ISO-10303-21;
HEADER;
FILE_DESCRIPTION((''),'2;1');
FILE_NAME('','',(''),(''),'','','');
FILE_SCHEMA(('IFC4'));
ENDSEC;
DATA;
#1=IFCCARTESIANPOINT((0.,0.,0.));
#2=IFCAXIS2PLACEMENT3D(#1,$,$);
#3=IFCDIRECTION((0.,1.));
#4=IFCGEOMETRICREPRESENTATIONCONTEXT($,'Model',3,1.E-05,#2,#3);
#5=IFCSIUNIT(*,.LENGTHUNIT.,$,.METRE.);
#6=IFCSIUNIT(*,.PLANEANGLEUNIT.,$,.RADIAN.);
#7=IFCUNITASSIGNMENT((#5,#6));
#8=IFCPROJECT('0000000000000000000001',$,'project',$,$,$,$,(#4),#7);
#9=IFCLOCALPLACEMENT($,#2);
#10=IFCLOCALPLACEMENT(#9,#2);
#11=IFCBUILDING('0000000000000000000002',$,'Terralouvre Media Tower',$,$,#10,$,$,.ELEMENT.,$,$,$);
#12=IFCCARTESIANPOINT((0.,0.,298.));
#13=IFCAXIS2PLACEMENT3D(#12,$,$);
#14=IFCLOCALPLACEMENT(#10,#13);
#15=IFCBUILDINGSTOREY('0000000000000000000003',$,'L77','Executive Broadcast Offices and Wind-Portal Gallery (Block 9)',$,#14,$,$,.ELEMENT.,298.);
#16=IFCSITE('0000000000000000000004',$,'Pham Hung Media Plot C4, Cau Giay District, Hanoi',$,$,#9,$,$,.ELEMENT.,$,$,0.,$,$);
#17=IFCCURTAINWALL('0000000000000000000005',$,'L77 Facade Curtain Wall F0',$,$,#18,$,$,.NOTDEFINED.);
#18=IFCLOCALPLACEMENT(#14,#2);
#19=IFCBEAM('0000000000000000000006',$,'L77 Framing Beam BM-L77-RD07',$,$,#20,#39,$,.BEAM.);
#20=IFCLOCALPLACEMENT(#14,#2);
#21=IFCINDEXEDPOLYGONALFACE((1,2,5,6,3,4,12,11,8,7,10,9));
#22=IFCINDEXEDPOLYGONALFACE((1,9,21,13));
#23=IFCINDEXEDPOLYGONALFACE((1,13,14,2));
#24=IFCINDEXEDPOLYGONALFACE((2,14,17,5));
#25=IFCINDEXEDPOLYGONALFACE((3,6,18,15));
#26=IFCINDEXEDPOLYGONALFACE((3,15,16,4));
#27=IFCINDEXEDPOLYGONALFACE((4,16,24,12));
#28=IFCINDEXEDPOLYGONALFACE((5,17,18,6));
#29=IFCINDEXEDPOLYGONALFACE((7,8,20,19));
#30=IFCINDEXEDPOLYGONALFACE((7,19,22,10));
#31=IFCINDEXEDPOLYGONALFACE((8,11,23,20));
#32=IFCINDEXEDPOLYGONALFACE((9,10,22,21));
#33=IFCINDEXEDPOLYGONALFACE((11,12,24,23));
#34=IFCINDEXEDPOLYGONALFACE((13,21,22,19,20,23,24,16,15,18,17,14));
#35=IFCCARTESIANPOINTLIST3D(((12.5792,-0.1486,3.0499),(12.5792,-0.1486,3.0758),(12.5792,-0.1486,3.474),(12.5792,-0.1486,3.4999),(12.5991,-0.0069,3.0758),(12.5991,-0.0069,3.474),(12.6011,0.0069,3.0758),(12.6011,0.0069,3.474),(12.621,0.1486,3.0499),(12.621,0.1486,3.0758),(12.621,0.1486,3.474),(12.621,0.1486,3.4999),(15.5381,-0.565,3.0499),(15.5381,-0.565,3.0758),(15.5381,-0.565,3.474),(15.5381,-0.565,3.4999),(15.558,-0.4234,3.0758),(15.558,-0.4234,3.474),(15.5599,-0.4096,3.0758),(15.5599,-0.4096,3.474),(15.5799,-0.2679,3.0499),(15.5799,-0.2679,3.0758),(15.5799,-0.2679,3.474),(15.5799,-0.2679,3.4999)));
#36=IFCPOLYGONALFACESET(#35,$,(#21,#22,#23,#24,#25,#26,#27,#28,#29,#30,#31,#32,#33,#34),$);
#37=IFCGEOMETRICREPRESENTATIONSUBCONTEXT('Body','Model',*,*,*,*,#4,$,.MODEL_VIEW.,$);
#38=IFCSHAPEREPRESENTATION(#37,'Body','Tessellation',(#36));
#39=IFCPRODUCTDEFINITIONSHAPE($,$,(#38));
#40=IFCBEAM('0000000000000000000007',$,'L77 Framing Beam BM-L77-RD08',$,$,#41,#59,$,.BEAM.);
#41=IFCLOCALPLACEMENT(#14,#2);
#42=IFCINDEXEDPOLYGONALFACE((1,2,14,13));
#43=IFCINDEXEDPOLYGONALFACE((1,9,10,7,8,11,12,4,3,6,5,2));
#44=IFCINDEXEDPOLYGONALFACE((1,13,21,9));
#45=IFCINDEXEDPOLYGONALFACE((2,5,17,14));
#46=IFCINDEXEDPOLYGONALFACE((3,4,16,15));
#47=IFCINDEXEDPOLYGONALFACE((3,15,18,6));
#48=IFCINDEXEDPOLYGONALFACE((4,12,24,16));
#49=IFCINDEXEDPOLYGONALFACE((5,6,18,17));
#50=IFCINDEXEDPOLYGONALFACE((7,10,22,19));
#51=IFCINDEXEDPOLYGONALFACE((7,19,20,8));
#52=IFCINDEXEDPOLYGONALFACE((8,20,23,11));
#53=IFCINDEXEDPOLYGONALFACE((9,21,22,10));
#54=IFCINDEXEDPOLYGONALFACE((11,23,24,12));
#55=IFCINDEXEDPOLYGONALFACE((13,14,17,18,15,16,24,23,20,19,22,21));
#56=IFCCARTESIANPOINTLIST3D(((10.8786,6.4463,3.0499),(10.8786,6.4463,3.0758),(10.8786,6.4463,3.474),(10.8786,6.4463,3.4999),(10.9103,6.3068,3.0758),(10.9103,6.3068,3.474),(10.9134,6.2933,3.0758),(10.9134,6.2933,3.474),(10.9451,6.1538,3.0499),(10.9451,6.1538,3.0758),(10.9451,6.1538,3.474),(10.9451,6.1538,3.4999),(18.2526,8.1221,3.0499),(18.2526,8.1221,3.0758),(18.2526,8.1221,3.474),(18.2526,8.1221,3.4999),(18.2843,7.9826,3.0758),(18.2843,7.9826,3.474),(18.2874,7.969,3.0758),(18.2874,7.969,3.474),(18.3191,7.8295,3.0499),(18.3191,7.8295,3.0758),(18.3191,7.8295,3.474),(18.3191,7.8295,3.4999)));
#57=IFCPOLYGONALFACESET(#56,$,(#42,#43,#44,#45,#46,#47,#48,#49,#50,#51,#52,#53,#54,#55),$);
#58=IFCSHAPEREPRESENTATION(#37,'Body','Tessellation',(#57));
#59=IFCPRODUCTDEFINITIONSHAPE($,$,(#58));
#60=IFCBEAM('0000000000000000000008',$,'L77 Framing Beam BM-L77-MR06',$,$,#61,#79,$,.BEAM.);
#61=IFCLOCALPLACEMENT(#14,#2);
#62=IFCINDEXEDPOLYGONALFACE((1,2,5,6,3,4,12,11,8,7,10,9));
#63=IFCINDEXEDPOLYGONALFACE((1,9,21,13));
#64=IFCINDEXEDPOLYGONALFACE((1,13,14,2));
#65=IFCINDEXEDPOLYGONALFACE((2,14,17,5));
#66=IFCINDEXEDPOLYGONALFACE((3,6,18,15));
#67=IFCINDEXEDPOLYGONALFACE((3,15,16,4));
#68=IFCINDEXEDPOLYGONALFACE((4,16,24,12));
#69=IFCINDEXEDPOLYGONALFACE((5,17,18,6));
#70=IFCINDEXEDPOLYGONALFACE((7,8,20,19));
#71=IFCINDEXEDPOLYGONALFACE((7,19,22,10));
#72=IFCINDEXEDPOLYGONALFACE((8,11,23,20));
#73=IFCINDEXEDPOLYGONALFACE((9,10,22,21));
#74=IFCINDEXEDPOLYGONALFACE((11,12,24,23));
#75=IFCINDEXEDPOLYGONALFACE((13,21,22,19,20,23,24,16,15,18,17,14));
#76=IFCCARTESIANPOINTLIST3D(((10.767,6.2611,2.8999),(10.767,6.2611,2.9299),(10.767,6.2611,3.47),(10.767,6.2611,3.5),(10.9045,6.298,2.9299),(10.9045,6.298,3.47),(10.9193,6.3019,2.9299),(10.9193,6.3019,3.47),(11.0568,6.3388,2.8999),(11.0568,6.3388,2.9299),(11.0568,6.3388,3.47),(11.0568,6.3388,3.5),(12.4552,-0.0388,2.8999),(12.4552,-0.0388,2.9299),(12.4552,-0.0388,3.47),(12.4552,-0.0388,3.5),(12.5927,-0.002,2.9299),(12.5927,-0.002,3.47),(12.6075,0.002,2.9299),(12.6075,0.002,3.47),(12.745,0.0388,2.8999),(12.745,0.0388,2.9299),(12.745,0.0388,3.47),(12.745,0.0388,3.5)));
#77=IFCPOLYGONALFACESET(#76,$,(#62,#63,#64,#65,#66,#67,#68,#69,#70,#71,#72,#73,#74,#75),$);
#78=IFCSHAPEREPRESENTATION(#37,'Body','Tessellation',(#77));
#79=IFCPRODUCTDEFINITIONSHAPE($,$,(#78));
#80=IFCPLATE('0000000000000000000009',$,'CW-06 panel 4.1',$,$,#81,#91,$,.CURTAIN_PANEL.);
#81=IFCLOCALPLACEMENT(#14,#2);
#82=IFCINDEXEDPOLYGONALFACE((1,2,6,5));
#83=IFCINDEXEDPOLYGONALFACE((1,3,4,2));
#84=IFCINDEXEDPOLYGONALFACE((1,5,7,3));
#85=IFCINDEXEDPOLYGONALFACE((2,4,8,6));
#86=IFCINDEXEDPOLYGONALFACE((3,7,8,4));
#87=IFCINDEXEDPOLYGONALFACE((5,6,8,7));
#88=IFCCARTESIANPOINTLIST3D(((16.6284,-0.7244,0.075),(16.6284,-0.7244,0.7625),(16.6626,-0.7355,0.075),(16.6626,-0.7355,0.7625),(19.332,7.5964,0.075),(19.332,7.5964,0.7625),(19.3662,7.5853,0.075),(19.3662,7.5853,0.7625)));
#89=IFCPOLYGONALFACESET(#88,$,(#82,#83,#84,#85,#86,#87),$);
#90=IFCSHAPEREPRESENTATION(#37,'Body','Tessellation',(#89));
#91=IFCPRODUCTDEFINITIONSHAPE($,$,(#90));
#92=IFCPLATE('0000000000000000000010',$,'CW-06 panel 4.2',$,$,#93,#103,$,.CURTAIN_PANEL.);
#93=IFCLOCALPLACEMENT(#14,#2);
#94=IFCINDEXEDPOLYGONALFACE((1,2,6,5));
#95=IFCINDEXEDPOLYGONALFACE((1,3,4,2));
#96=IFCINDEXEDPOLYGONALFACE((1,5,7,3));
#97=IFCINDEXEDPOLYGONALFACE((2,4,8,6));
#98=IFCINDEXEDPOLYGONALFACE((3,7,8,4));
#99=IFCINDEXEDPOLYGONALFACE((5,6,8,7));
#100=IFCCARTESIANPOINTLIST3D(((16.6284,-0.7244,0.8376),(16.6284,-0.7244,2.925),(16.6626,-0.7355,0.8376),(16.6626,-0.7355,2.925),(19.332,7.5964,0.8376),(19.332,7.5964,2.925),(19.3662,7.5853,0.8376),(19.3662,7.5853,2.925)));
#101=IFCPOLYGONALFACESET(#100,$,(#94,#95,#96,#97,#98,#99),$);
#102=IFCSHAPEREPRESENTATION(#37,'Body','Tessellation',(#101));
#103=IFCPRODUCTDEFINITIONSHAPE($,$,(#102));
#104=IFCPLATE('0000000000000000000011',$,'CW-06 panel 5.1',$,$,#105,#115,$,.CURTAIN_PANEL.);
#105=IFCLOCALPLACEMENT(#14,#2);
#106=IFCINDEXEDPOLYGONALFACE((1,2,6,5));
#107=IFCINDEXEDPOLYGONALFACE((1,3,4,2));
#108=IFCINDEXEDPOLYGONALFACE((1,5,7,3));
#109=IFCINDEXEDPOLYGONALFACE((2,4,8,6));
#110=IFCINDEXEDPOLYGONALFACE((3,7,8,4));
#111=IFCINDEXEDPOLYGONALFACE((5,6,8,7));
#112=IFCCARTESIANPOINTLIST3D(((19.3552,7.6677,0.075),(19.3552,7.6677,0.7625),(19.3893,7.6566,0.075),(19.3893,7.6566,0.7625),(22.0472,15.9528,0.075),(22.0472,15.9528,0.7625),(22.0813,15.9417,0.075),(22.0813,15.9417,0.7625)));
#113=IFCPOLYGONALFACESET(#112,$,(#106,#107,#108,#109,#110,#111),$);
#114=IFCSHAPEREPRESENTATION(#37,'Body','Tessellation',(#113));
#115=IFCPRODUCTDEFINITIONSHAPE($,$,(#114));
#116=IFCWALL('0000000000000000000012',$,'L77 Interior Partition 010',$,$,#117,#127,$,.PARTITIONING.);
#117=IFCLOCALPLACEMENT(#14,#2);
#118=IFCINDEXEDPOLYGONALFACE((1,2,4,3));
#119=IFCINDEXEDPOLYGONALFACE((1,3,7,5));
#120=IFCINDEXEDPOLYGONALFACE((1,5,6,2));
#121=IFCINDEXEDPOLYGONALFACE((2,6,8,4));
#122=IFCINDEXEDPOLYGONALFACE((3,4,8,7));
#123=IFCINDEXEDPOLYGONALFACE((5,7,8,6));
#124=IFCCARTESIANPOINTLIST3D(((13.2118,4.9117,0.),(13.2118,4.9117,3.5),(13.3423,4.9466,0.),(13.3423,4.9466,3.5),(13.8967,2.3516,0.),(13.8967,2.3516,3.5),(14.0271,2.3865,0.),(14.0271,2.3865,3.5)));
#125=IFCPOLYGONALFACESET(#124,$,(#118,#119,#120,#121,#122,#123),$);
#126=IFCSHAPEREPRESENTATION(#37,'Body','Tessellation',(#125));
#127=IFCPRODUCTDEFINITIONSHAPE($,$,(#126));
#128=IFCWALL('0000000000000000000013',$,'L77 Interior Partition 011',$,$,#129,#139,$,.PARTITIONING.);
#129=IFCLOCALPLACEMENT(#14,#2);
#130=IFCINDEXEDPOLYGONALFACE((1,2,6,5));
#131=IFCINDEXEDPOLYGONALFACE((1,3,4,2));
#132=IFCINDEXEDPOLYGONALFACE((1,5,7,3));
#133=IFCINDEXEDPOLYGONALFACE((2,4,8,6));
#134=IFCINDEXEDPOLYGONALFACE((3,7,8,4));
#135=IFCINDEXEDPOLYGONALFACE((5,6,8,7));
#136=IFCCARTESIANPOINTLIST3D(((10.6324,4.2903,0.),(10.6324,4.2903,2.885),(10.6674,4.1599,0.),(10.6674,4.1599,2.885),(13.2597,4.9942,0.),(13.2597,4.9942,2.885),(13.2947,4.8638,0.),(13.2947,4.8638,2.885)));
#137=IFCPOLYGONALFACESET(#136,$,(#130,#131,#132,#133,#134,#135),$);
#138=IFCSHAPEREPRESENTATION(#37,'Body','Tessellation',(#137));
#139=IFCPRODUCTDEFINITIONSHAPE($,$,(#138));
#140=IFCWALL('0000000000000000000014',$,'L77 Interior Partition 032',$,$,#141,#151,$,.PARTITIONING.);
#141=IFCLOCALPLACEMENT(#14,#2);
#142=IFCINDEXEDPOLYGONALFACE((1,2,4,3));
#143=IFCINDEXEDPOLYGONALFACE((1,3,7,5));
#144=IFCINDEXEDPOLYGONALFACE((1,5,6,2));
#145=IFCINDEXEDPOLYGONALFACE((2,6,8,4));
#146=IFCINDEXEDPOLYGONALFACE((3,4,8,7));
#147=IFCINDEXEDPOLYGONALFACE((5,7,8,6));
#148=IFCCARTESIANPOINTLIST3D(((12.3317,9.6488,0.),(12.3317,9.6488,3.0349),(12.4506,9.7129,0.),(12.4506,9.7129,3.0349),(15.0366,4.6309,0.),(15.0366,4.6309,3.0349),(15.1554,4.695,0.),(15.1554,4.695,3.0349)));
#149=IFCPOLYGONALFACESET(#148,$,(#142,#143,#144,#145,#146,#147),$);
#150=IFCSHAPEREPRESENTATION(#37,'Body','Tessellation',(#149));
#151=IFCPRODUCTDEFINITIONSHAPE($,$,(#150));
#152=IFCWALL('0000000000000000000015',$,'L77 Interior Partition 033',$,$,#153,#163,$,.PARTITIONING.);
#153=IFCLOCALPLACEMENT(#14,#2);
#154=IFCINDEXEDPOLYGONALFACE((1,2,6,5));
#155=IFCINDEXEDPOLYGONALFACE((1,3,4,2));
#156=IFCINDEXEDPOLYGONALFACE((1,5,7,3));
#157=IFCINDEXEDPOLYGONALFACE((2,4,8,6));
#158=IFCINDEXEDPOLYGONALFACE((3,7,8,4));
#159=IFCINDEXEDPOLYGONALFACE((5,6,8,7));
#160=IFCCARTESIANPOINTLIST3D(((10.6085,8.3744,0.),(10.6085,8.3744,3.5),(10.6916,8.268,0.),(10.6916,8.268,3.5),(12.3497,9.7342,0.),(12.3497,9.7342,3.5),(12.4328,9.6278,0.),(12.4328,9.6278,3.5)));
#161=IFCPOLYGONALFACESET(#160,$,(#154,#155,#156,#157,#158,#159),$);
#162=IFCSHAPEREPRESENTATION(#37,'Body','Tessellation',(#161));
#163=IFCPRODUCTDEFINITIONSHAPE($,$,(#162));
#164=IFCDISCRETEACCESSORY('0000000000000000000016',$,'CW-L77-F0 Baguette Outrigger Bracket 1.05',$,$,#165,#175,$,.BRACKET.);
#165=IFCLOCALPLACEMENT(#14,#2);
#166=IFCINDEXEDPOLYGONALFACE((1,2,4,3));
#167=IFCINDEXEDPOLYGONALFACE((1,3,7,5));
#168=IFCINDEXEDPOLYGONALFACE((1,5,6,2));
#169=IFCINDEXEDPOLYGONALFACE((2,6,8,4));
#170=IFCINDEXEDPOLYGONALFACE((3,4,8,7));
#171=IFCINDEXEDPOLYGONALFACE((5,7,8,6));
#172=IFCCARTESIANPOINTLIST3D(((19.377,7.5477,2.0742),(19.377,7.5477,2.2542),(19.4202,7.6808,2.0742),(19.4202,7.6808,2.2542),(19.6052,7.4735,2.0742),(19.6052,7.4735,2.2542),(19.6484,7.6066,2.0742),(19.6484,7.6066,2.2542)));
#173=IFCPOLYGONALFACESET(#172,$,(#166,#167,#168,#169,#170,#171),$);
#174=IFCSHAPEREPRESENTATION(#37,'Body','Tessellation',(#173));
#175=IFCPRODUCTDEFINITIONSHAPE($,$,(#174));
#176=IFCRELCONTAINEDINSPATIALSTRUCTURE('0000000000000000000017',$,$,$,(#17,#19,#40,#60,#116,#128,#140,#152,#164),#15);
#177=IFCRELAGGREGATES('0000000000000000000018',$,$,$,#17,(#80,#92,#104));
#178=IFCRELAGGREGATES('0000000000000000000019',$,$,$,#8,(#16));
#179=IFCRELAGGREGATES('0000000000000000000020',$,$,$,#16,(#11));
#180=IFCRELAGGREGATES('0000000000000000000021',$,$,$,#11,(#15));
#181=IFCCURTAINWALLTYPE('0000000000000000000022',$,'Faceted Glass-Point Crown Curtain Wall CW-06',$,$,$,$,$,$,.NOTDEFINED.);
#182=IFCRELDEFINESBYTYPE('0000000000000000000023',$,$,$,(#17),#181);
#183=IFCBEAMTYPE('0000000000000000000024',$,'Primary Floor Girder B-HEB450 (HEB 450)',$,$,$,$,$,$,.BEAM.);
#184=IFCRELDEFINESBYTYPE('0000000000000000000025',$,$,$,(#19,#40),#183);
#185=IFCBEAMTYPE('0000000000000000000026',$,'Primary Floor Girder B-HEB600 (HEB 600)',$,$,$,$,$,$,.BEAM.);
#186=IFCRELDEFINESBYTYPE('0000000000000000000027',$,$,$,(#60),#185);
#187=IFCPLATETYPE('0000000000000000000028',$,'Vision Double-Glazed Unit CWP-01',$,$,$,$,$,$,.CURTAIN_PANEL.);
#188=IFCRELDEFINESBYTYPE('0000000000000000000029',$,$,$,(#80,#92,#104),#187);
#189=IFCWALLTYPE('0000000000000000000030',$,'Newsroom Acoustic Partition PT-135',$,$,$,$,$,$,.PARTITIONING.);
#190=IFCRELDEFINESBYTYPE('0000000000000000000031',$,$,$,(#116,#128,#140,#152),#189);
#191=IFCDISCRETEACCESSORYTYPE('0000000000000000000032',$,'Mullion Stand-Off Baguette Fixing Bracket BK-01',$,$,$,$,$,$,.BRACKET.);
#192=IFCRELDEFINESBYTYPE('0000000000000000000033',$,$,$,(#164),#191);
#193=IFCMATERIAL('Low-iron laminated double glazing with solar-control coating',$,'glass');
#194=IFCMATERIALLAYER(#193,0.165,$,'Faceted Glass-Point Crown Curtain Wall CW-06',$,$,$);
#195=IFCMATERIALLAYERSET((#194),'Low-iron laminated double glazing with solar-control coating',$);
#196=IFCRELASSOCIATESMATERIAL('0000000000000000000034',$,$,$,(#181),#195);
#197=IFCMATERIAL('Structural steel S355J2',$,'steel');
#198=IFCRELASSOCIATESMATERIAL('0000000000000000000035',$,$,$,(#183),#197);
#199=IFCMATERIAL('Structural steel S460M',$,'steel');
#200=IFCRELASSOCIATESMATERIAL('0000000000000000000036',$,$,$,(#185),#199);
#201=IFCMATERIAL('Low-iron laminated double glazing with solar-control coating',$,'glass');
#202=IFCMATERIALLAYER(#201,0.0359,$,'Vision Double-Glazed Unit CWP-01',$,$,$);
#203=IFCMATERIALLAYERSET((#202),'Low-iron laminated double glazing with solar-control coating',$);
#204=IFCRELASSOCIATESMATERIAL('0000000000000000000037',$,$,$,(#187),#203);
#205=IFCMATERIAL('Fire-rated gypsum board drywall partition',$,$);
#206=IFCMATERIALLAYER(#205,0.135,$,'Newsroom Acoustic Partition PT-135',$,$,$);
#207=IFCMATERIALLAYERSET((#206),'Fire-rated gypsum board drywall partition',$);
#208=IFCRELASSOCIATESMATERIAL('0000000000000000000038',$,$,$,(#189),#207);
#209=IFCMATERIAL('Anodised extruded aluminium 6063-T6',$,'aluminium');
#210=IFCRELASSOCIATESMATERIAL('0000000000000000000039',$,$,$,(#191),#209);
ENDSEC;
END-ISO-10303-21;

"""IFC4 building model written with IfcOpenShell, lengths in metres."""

from ifc_helpers import new_model, si_unit, direction, frame, frame_2d, origin, origin_2d, place, context, subcontext, project, spatial, rectangle, i_section, extrude, material, layer, layer_set, material_profile, profile_set, type_object, element, aggregate, save


model = new_model("IFC4")

# Units and contexts
model_context = context("Model", 3, precision=1e-05, world=origin(), true_north=direction((0.0, 1.0)))
body_context = subcontext(model_context, "Body", "Model", "MODEL_VIEW")
ifc_project = project(units=[si_unit("LENGTHUNIT", "METRE"), si_unit("PLANEANGLEUNIT", "RADIAN")], contexts=[model_context])

# Site, building, storey
site_placement = place(None, origin())
site = spatial("IfcSite", under=ifc_project, at=site_placement, Name="Pham Hung Media Plot C4, Cau Giay District, Hanoi", CompositionType="ELEMENT", RefElevation=0.0)
building_placement = place(site_placement, origin())
building = spatial("IfcBuilding", under=site, at=building_placement, Name="Terralouvre Media Tower", CompositionType="ELEMENT")
storey_placement = place(building_placement, frame((0.0, 0.0, 298.0)))
storey = spatial("IfcBuildingStorey", under=building, at=storey_placement, Name="L77", Description="Executive Broadcast Offices and Wind-Portal Gallery (Block 9)", CompositionType="ELEMENT", Elevation=298.0)

# Curtain wall
ifc_material_1 = material(Name="Low-iron laminated double glazing with solar-control coating", Category="glass")
ifc_layer_1 = layer(ifc_material_1, 0.165, Name="Faceted Glass-Point Crown Curtain Wall CW-06")
ifc_layer_set_1 = layer_set([ifc_layer_1], Name="Low-iron laminated double glazing with solar-control coating")
curtain_wall_type = type_object("IfcCurtainWallType", Name="Faceted Glass-Point Crown Curtain Wall CW-06", PredefinedType="NOTDEFINED", material=ifc_layer_set_1)
curtain_wall_placement = place(storey_placement, origin())
curtain_wall = element("IfcCurtainWall", 1, at=curtain_wall_placement, inside=storey, type_object=curtain_wall_type, Name="L77 Facade Curtain Wall F0", PredefinedType="NOTDEFINED")

# Beams
ifc_material_2 = material(Name="Structural steel S355J2", Category="steel")
ifc_material_profile_1 = material_profile(ifc_material_2, i_section(OverallWidth=0.3, OverallDepth=0.45, WebThickness=0.0139, FlangeThickness=0.0259, at=origin_2d()), Name="HEB 450")
ifc_profile_set_1 = profile_set([ifc_material_profile_1], Name="Structural steel S355J2")
beam_type_1 = type_object("IfcBeamType", Name="Primary Floor Girder B-HEB450 (HEB 450)", PredefinedType="BEAM", material=ifc_profile_set_1)
beam_1_placement = place(storey_placement, frame((12.6001, 0.0, 3.2749), z_axis=(0.990238, -0.139385, 0.0), x_axis=(0.139385, 0.990238, 0.0)))
element("IfcBeam", 2, at=beam_1_placement, inside=storey, type_object=beam_type_1, Name="L77 Framing Beam BM-L77-RD07", PredefinedType="BEAM", context=body_context, shape_type="SweptSolid", body=[
    extrude(i_section(OverallWidth=0.3, OverallDepth=0.45, WebThickness=0.0139, FlangeThickness=0.0259, at=origin_2d()), origin(), (0.0, 0.0, 1.0), 2.988),
])
beam_2_placement = place(storey_placement, frame((10.9119, 6.3, 3.2749), z_axis=(0.975137, 0.221604, 0.0), x_axis=(-0.221604, 0.975137, 0.0)))
element("IfcBeam", 3, at=beam_2_placement, inside=storey, type_object=beam_type_1, Name="L77 Framing Beam BM-L77-RD08", PredefinedType="BEAM", context=body_context, shape_type="SweptSolid", body=[
    extrude(i_section(OverallWidth=0.3, OverallDepth=0.45, WebThickness=0.0139, FlangeThickness=0.0259, at=origin_2d()), origin(), (0.0, 0.0, 1.0), 7.562),
])
ifc_material_3 = material(Name="Structural steel S460M", Category="steel")
ifc_material_profile_2 = material_profile(ifc_material_3, i_section(OverallWidth=0.3, OverallDepth=0.6001, WebThickness=0.0154, FlangeThickness=0.03, at=origin_2d()), Name="HEB 600")
ifc_profile_set_2 = profile_set([ifc_material_profile_2], Name="Structural steel S460M")
beam_type_2 = type_object("IfcBeamType", Name="Primary Floor Girder B-HEB600 (HEB 600)", PredefinedType="BEAM", material=ifc_profile_set_2)
beam_3_placement = place(storey_placement, frame((12.6001, 0.0, 3.2), z_axis=(-0.258839, 0.96592, 0.0), x_axis=(-0.96592, -0.258839, 0.0)))
element("IfcBeam", 4, at=beam_3_placement, inside=storey, type_object=beam_type_2, Name="L77 Framing Beam BM-L77-MR06", PredefinedType="BEAM", context=body_context, shape_type="SweptSolid", body=[
    extrude(i_section(OverallWidth=0.3, OverallDepth=0.6001, WebThickness=0.0154, FlangeThickness=0.03, at=origin_2d()), origin(), (0.0, 0.0, 1.0), 6.5222),
])

# Plates
ifc_material_4 = material(Name="Low-iron laminated double glazing with solar-control coating", Category="glass")
ifc_layer_2 = layer(ifc_material_4, 0.0359, Name="Vision Double-Glazed Unit CWP-01")
ifc_layer_set_2 = layer_set([ifc_layer_2], Name="Low-iron laminated double glazing with solar-control coating")
plate_type = type_object("IfcPlateType", Name="Vision Double-Glazed Unit CWP-01", PredefinedType="CURTAIN_PANEL", material=ifc_layer_set_2)
plate_1_placement = place(storey_placement, frame((17.9973, 3.4304, 0.075), z_axis=(0.0, 0.0, 1.0), x_axis=(0.309017, 0.951057, 0.0)))
plate_1 = element("IfcPlate", 5, at=plate_1_placement, type_object=plate_type, Name="CW-06 panel 4.1", PredefinedType="CURTAIN_PANEL", context=body_context, shape_type="SweptSolid", body=[
    extrude(rectangle(XDim=8.749, YDim=0.0359, at=origin_2d()), origin(), (0.0, 0.0, 1.0), 0.6875),
])
plate_2_placement = place(storey_placement, frame((17.9973, 3.4304, 0.8376), z_axis=(0.0, 0.0, 1.0), x_axis=(0.309017, 0.951057, 0.0)))
plate_2 = element("IfcPlate", 6, at=plate_2_placement, type_object=plate_type, Name="CW-06 panel 4.2", PredefinedType="CURTAIN_PANEL", context=body_context, shape_type="SweptSolid", body=[
    extrude(rectangle(XDim=8.749, YDim=0.0359, at=origin_2d()), origin(), (0.0, 0.0, 1.0), 2.0874),
])
plate_3_placement = place(storey_placement, frame((20.7183, 11.8047, 0.075), z_axis=(0.0, 0.0, 1.0), x_axis=(0.309017, 0.951057, 0.0)))
plate_3 = element("IfcPlate", 7, at=plate_3_placement, type_object=plate_type, Name="CW-06 panel 5.1", PredefinedType="CURTAIN_PANEL", context=body_context, shape_type="SweptSolid", body=[
    extrude(rectangle(XDim=8.7114, YDim=0.0359, at=origin_2d()), origin(), (0.0, 0.0, 1.0), 0.6875),
])
aggregate(curtain_wall, [plate_1, plate_2, plate_3])

# Walls
ifc_material_5 = material(Name="Fire-rated gypsum board drywall partition")
ifc_layer_3 = layer(ifc_material_5, 0.135, Name="Newsroom Acoustic Partition PT-135")
ifc_layer_set_3 = layer_set([ifc_layer_3], Name="Fire-rated gypsum board drywall partition")
wall_type = type_object("IfcWallType", Name="Newsroom Acoustic Partition PT-135", PredefinedType="PARTITIONING", material=ifc_layer_set_3)
wall_1_placement = place(storey_placement, frame((13.9619, 2.3689, 0.0), z_axis=(0.0, 0.0, 1.0), x_axis=(-0.258414, 0.966034, 0.0)))
element("IfcWall", 8, at=wall_1_placement, inside=storey, type_object=wall_type, Name="L77 Interior Partition 010", PredefinedType="PARTITIONING", context=body_context, shape_type="SweptSolid", body=[
    extrude(rectangle(XDim=2.6501, YDim=0.135, at=frame_2d((1.3252, 0.0))), origin(), (0.0, 0.0, 1.0), 3.5),
])
wall_2_placement = place(storey_placement, frame((13.2771, 4.929, 0.0), z_axis=(0.0, 0.0, 1.0), x_axis=(-0.965935, -0.258785, 0.0)))
element("IfcWall", 9, at=wall_2_placement, inside=storey, type_object=wall_type, Name="L77 Interior Partition 011", PredefinedType="PARTITIONING", context=body_context, shape_type="SweptSolid", body=[
    extrude(rectangle(XDim=2.72, YDim=0.135, at=frame_2d((1.3599, 0.0))), origin(), (0.0, 0.0, 1.0), 2.885),
])
wall_3_placement = place(storey_placement, frame((15.0959, 4.6631, 0.0), z_axis=(0.0, 0.0, 1.0), x_axis=(-0.474498, 0.880256, 0.0)))
element("IfcWall", 10, at=wall_3_placement, inside=storey, type_object=wall_type, Name="L77 Interior Partition 032", PredefinedType="PARTITIONING", context=body_context, shape_type="SweptSolid", body=[
    extrude(rectangle(XDim=5.7004, YDim=0.135, at=frame_2d((2.8501, 0.0))), origin(), (0.0, 0.0, 1.0), 3.0349),
])
wall_4_placement = place(storey_placement, frame((12.3911, 9.6809, 0.0), z_axis=(0.0, 0.0, 1.0), x_axis=(-0.788125, -0.615515, 0.0)))
element("IfcWall", 11, at=wall_4_placement, inside=storey, type_object=wall_type, Name="L77 Interior Partition 033", PredefinedType="PARTITIONING", context=body_context, shape_type="SweptSolid", body=[
    extrude(rectangle(XDim=2.2092, YDim=0.135, at=frame_2d((1.1045, 0.0))), origin(), (0.0, 0.0, 1.0), 3.5),
])

# Discrete accessory
ifc_material_6 = material(Name="Anodised extruded aluminium 6063-T6", Category="aluminium")
discrete_accessory_type = type_object("IfcDiscreteAccessoryType", Name="Mullion Stand-Off Baguette Fixing Bracket BK-01", PredefinedType="BRACKET", material=ifc_material_6)
discrete_accessory_placement = place(storey_placement, frame((19.5127, 7.5771, 2.0742), z_axis=(0.0, 0.0, 1.0), x_axis=(0.309017, 0.951057, 0.0)))
element("IfcDiscreteAccessory", 12, at=discrete_accessory_placement, inside=storey, type_object=discrete_accessory_type, Name="CW-L77-F0 Baguette Outrigger Bracket 1.05", PredefinedType="BRACKET", context=body_context, shape_type="SweptSolid", body=[
    extrude(rectangle(XDim=0.1399, YDim=0.24, at=origin_2d()), origin(), (0.0, 0.0, 1.0), 0.1799),
])

save(model, "model.ifc")
